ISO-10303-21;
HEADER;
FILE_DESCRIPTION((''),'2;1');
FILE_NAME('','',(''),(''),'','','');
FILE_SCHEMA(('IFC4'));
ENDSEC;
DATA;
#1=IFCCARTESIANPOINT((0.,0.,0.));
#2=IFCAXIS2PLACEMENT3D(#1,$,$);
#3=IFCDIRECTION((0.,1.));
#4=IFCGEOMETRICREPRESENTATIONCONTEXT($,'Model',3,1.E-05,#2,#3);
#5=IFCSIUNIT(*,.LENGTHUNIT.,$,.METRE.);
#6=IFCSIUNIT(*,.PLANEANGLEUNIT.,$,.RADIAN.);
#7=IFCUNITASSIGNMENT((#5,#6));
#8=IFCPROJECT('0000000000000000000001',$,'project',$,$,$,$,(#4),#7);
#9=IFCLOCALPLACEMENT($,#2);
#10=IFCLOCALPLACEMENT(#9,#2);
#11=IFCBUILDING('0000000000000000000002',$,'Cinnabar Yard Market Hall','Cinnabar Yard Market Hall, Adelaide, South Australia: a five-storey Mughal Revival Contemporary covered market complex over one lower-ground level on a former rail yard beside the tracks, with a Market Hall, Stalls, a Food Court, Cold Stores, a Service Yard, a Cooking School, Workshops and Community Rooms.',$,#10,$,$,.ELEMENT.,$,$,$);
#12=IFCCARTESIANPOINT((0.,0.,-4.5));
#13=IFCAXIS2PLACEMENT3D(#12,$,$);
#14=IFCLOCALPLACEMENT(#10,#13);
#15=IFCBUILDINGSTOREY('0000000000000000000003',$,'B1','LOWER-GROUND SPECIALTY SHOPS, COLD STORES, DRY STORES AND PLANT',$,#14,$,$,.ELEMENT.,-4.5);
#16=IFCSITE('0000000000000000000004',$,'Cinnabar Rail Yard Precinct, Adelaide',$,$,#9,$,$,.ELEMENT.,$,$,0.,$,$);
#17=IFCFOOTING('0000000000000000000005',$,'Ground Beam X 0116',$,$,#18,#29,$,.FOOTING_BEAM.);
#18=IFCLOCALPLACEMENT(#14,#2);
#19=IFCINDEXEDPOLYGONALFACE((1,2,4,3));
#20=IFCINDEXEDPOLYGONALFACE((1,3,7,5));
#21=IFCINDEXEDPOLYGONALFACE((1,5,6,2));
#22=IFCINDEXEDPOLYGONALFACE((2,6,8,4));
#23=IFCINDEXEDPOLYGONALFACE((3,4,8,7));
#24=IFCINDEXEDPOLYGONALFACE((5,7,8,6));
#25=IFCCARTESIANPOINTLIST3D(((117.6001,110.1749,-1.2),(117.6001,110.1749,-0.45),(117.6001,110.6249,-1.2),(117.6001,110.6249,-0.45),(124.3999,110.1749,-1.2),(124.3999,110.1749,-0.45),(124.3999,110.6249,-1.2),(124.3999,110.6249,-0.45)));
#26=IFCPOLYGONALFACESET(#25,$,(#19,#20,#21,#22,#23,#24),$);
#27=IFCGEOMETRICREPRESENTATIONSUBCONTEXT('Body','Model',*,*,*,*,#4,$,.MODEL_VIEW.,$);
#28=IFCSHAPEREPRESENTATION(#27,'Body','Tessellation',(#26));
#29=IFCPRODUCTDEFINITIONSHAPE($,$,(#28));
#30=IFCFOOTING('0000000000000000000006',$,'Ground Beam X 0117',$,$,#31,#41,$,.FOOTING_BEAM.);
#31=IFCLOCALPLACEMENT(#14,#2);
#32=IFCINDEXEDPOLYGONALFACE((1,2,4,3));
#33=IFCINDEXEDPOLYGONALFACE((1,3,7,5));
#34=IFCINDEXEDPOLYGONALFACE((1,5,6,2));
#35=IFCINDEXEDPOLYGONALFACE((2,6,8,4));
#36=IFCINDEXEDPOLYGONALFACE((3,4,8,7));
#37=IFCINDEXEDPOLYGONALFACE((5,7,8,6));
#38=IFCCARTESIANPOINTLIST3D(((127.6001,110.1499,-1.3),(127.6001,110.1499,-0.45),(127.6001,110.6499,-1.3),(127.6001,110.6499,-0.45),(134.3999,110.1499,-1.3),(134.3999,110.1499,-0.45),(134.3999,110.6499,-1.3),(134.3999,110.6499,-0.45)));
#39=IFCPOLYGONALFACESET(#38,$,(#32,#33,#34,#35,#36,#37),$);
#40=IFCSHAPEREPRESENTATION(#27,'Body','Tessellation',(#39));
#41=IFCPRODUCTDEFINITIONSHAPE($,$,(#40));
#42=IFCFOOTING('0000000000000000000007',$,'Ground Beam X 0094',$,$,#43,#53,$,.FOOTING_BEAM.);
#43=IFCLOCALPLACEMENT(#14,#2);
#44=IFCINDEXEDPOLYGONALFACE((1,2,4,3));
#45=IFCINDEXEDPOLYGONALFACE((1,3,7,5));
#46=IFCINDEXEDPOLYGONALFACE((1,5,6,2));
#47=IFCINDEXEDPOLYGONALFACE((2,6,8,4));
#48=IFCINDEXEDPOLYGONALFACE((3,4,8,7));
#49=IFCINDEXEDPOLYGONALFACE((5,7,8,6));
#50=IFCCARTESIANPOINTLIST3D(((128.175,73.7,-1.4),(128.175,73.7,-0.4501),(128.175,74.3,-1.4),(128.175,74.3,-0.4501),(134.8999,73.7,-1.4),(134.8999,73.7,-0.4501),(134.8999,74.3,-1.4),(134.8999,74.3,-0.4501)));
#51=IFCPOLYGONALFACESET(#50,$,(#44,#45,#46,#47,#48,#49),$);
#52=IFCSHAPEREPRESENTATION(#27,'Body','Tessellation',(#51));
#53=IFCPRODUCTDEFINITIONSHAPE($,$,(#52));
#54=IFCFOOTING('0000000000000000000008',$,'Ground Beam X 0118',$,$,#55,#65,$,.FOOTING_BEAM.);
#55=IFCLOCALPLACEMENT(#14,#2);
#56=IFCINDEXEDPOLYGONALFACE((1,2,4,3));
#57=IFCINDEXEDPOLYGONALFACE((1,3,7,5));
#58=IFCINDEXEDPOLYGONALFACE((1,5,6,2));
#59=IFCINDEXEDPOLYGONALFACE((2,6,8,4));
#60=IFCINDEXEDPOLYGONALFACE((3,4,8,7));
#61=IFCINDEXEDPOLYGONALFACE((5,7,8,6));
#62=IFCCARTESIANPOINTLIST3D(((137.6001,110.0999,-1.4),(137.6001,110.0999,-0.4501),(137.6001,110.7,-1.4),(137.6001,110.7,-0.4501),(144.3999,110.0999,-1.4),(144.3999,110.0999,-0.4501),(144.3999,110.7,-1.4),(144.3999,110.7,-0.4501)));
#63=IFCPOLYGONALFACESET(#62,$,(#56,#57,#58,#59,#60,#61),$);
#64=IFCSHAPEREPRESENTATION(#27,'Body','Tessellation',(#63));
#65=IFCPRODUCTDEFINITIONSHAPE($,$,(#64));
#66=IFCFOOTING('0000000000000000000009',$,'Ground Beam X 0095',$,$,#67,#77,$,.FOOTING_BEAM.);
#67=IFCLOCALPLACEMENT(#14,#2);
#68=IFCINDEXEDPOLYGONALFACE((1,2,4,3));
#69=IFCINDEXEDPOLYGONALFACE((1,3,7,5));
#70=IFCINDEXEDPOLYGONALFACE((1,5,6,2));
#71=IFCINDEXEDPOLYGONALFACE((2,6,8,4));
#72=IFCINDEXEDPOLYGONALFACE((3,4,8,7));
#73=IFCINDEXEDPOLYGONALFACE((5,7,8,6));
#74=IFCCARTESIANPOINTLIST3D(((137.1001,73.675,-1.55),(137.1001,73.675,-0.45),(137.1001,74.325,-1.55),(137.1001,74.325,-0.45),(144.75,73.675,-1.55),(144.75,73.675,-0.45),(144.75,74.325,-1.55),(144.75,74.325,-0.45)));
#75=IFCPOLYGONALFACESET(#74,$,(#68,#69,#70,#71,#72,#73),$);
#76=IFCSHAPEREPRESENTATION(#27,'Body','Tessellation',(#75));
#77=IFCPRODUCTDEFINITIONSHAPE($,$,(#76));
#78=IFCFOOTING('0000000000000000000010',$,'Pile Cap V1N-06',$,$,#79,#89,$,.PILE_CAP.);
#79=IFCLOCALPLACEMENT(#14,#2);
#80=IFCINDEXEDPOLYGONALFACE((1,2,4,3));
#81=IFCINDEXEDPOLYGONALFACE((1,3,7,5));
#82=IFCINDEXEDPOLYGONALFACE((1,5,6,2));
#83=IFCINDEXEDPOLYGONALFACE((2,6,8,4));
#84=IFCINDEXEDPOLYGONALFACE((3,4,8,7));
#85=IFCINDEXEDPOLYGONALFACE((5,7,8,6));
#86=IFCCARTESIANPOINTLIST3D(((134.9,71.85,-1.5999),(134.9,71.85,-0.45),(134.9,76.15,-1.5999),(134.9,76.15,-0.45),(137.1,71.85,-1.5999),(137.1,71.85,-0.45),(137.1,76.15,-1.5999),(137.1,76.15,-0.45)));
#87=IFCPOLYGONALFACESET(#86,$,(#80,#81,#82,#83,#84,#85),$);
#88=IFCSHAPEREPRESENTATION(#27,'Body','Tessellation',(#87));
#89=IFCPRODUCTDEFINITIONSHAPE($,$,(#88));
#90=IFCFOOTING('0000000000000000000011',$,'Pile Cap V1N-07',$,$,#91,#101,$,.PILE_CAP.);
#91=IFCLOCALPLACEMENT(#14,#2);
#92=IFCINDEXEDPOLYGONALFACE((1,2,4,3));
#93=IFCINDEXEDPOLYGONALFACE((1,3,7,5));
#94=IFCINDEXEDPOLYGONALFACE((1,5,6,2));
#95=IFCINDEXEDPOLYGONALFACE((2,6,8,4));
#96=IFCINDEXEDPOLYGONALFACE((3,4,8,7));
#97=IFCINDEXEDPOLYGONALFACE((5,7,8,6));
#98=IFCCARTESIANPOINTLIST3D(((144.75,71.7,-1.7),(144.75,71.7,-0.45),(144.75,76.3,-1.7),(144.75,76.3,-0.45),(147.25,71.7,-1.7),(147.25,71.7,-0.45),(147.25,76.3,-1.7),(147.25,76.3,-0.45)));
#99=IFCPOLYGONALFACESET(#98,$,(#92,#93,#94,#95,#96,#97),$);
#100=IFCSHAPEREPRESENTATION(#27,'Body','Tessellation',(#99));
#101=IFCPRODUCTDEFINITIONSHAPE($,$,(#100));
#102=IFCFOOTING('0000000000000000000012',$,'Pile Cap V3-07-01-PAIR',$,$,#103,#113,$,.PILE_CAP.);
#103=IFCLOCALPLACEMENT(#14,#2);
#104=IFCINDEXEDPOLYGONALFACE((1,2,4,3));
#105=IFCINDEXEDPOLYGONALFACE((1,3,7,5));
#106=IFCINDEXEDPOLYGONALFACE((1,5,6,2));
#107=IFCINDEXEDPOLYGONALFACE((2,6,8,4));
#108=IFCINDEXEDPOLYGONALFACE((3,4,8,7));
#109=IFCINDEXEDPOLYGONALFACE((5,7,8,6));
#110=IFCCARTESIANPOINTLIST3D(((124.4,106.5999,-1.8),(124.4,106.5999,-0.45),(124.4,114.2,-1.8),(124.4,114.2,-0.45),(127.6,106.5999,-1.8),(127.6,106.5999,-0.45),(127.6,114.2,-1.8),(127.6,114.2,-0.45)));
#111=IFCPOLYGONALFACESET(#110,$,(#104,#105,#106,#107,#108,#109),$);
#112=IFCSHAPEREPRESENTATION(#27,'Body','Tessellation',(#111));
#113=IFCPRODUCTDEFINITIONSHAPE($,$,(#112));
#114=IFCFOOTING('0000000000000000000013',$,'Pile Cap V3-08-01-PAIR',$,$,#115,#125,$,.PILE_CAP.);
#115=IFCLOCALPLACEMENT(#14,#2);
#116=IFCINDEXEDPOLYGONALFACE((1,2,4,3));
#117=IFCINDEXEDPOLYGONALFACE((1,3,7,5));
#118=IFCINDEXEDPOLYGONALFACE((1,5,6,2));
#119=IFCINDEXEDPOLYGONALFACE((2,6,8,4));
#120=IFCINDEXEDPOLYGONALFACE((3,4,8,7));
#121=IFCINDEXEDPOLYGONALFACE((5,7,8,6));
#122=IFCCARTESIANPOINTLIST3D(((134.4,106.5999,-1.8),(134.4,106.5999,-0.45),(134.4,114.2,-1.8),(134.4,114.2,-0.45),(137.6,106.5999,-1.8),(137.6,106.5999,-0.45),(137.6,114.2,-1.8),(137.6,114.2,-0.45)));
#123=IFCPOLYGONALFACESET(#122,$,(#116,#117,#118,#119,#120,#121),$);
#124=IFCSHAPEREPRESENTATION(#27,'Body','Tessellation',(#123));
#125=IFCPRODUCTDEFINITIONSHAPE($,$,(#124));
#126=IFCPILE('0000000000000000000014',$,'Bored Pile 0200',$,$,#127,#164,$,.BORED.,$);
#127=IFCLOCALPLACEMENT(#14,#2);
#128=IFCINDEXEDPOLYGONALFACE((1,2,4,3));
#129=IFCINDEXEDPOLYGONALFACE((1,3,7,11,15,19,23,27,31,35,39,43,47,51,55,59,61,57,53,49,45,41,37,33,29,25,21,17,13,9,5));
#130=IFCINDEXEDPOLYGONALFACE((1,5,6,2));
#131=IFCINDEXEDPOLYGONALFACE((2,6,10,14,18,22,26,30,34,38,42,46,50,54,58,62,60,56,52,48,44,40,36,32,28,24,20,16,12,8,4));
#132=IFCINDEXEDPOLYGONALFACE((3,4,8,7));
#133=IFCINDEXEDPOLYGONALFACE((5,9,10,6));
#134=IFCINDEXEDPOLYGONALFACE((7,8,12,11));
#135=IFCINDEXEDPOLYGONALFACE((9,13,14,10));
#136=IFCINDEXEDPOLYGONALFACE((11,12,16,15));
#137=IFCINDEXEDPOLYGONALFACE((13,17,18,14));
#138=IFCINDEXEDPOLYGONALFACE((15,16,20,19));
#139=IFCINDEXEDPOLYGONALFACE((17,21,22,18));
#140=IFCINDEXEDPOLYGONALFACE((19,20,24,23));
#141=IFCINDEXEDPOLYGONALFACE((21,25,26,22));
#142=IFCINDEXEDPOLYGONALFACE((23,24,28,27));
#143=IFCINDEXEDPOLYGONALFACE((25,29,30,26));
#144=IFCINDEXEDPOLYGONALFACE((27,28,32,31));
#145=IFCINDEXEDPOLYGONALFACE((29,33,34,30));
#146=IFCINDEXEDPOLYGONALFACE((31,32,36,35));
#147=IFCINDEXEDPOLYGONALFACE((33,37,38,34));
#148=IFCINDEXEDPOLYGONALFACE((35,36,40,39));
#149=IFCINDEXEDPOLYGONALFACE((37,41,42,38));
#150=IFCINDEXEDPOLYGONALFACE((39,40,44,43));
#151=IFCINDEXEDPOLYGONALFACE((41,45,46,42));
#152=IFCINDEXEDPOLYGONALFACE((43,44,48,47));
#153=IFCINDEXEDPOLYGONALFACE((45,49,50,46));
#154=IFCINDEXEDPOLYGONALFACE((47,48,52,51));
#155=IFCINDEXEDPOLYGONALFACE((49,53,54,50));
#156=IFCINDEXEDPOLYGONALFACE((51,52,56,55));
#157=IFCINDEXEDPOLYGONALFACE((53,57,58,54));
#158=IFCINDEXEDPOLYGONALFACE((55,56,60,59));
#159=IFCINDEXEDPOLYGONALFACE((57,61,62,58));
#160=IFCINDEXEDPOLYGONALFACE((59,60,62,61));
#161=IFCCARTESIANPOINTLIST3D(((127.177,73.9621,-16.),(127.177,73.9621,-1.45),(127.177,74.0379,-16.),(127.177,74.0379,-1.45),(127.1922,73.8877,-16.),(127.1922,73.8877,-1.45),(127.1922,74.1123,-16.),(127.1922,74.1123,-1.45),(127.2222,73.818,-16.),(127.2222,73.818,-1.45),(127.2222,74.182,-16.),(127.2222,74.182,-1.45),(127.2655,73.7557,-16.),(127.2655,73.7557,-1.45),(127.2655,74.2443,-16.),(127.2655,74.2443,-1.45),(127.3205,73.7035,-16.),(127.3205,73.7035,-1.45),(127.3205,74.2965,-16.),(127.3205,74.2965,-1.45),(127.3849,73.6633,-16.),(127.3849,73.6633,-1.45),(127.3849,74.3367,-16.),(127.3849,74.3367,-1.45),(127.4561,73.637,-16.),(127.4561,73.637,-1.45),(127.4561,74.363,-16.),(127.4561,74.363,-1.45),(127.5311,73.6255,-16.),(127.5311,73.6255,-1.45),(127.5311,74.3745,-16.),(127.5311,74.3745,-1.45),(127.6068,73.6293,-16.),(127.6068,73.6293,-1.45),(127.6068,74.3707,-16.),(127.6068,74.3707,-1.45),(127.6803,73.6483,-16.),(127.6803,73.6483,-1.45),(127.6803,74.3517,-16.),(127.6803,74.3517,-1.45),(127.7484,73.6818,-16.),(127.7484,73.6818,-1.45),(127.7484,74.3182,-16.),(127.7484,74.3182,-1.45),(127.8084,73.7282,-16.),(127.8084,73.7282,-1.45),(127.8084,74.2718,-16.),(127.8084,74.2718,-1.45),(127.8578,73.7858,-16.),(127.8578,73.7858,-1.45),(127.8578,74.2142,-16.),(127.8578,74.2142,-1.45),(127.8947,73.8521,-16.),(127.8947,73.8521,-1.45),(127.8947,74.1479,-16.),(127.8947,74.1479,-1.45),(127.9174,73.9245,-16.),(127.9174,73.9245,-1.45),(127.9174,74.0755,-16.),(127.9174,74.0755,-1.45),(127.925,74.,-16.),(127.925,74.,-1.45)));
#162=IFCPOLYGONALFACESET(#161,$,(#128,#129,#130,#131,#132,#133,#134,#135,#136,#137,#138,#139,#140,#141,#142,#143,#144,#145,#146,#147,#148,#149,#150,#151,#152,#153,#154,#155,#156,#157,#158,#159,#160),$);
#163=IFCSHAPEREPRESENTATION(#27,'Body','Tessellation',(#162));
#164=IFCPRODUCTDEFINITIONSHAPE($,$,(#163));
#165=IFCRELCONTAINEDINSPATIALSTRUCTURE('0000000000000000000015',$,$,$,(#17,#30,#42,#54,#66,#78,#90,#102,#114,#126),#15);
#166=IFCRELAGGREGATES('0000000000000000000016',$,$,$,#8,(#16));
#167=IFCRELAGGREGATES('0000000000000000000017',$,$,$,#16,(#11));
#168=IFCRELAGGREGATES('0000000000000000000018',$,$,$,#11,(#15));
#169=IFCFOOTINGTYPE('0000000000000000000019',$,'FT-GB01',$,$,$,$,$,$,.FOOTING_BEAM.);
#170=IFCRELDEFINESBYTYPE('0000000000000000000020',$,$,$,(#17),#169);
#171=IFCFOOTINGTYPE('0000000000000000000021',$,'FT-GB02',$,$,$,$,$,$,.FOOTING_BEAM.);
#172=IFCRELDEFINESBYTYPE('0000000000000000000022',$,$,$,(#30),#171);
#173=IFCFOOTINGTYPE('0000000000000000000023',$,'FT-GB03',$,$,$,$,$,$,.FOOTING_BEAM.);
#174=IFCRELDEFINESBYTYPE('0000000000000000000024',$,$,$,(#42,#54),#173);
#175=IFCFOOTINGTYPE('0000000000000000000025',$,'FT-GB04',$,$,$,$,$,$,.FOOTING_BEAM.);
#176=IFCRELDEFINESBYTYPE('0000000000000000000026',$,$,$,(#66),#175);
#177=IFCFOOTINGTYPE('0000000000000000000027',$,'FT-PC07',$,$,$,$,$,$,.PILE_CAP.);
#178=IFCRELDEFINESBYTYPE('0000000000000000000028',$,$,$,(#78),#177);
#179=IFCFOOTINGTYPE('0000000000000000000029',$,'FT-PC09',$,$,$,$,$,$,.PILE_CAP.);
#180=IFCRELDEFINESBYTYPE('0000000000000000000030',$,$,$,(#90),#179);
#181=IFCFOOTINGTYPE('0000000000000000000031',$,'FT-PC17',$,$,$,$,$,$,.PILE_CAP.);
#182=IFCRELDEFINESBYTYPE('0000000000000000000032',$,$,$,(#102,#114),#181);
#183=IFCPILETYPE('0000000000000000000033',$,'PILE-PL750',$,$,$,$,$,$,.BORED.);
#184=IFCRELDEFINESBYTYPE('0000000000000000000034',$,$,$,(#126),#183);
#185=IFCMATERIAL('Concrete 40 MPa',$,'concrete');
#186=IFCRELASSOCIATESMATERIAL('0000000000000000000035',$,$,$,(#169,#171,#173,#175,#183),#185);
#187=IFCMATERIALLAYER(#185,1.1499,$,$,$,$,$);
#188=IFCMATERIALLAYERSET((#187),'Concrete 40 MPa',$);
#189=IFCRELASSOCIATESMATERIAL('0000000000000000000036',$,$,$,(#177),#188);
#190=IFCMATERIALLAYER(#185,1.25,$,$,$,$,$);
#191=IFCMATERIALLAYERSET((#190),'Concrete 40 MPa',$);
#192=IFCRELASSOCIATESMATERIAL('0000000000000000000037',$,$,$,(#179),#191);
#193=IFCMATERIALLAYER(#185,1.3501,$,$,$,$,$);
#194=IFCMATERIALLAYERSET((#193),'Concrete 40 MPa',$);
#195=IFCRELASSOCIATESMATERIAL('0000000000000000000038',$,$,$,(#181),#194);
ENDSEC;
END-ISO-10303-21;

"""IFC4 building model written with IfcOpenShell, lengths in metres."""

from ifc_helpers import new_model, si_unit, direction, frame, origin, origin_2d_with_axis, place, context, subcontext, project, spatial, rectangle, circle, extrude, material, layer, layer_set, material_profile, profile_set, type_object, element, save


model = new_model("IFC4")

# Units and contexts
model_context = context("Model", 3, precision=1e-05, world=origin(), true_north=direction((0.0, 1.0)))
body_context = subcontext(model_context, "Body", "Model", "MODEL_VIEW")
ifc_project = project(units=[si_unit("LENGTHUNIT", "METRE"), si_unit("PLANEANGLEUNIT", "RADIAN")], contexts=[model_context])

# Site, building, storey
site_placement = place(None, origin())
site = spatial("IfcSite", under=ifc_project, at=site_placement, Name="Cinnabar Rail Yard Precinct, Adelaide", CompositionType="ELEMENT", RefElevation=0.0)
building_placement = place(site_placement, origin())
building = spatial("IfcBuilding", under=site, at=building_placement, Name="Cinnabar Yard Market Hall", Description="Cinnabar Yard Market Hall, Adelaide, South Australia: a five-storey Mughal Revival Contemporary covered market complex over one lower-ground level on a former rail yard beside the tracks, with a Market Hall, Stalls, a Food Court, Cold Stores, a Service Yard, a Cooking School, Workshops and Community Rooms.", CompositionType="ELEMENT")
storey_placement = place(building_placement, frame((0.0, 0.0, -4.5)))
storey = spatial("IfcBuildingStorey", under=building, at=storey_placement, Name="B1", Description="LOWER-GROUND SPECIALTY SHOPS, COLD STORES, DRY STORES AND PLANT", CompositionType="ELEMENT", Elevation=-4.5)

# Footings
ifc_material_1 = material(Name="Concrete 40 MPa", Category="concrete")
ifc_material_profile_1 = material_profile(ifc_material_1, rectangle(XDim=0.45, YDim=0.75, at=origin_2d_with_axis()), Name="GB-450x750")
ifc_profile_set_1 = profile_set([ifc_material_profile_1], Name="Concrete 40 MPa")
footing_type_1 = type_object("IfcFootingType", Name="FT-GB01", PredefinedType="FOOTING_BEAM", material=ifc_profile_set_1)
footing_1_placement = place(storey_placement, frame((117.6001, 110.3999, -0.825), z_axis=(1.0, 0.0, 0.0), x_axis=(0.0, 1.0, 0.0)))
element("IfcFooting", 1, at=footing_1_placement, inside=storey, type_object=footing_type_1, Name="Ground Beam X 0116", PredefinedType="FOOTING_BEAM", context=body_context, shape_type="SweptSolid", body=[
    extrude(rectangle(XDim=0.45, YDim=0.75, at=origin_2d_with_axis()), origin(), (0.0, 0.0, 1.0), 6.7998),
])
ifc_material_profile_2 = material_profile(ifc_material_1, rectangle(XDim=0.5, YDim=0.8501, at=origin_2d_with_axis()), Name="GB-500x850")
ifc_profile_set_2 = profile_set([ifc_material_profile_2], Name="Concrete 40 MPa")
footing_type_2 = type_object("IfcFootingType", Name="FT-GB02", PredefinedType="FOOTING_BEAM", material=ifc_profile_set_2)
footing_2_placement = place(storey_placement, frame((127.6001, 110.3999, -0.875), z_axis=(1.0, 0.0, 0.0), x_axis=(0.0, 1.0, 0.0)))
element("IfcFooting", 2, at=footing_2_placement, inside=storey, type_object=footing_type_2, Name="Ground Beam X 0117", PredefinedType="FOOTING_BEAM", context=body_context, shape_type="SweptSolid", body=[
    extrude(rectangle(XDim=0.5, YDim=0.8501, at=origin_2d_with_axis()), origin(), (0.0, 0.0, 1.0), 6.7998),
])
ifc_material_profile_3 = material_profile(ifc_material_1, rectangle(XDim=0.6001, YDim=0.95, at=origin_2d_with_axis()), Name="GB-600x950")
ifc_profile_set_3 = profile_set([ifc_material_profile_3], Name="Concrete 40 MPa")
footing_type_3 = type_object("IfcFootingType", Name="FT-GB03", PredefinedType="FOOTING_BEAM", material=ifc_profile_set_3)
footing_3_placement = place(storey_placement, frame((128.175, 74.0, -0.925), z_axis=(1.0, 0.0, 0.0), x_axis=(0.0, 1.0, 0.0)))
element("IfcFooting", 3, at=footing_3_placement, inside=storey, type_object=footing_type_3, Name="Ground Beam X 0094", PredefinedType="FOOTING_BEAM", context=body_context, shape_type="SweptSolid", body=[
    extrude(rectangle(XDim=0.6001, YDim=0.95, at=origin_2d_with_axis()), origin(), (0.0, 0.0, 1.0), 6.7249),
])
footing_4_placement = place(storey_placement, frame((137.6001, 110.3999, -0.925), z_axis=(1.0, 0.0, 0.0), x_axis=(0.0, 1.0, 0.0)))
element("IfcFooting", 4, at=footing_4_placement, inside=storey, type_object=footing_type_3, Name="Ground Beam X 0118", PredefinedType="FOOTING_BEAM", context=body_context, shape_type="SweptSolid", body=[
    extrude(rectangle(XDim=0.6001, YDim=0.95, at=origin_2d_with_axis()), origin(), (0.0, 0.0, 1.0), 6.7998),
])
ifc_material_profile_4 = material_profile(ifc_material_1, rectangle(XDim=0.6499, YDim=1.1001, at=origin_2d_with_axis()), Name="GB-650x1100")
ifc_profile_set_4 = profile_set([ifc_material_profile_4], Name="Concrete 40 MPa")
footing_type_4 = type_object("IfcFootingType", Name="FT-GB04", PredefinedType="FOOTING_BEAM", material=ifc_profile_set_4)
footing_5_placement = place(storey_placement, frame((137.1001, 74.0, -1.0), z_axis=(1.0, 0.0, 0.0), x_axis=(0.0, 1.0, 0.0)))
element("IfcFooting", 5, at=footing_5_placement, inside=storey, type_object=footing_type_4, Name="Ground Beam X 0095", PredefinedType="FOOTING_BEAM", context=body_context, shape_type="SweptSolid", body=[
    extrude(rectangle(XDim=0.6499, YDim=1.1001, at=origin_2d_with_axis()), origin(), (0.0, 0.0, 1.0), 7.6499),
])
ifc_layer_1 = layer(ifc_material_1, 1.1499)
ifc_layer_set_1 = layer_set([ifc_layer_1], Name="Concrete 40 MPa")
footing_type_5 = type_object("IfcFootingType", Name="FT-PC07", PredefinedType="PILE_CAP", material=ifc_layer_set_1)
footing_6_placement = place(storey_placement, frame((136.0, 74.0, -1.5999), z_axis=(0.0, 0.0, 1.0), x_axis=(1.0, 0.0, 0.0)))
element("IfcFooting", 6, at=footing_6_placement, inside=storey, type_object=footing_type_5, Name="Pile Cap V1N-06", PredefinedType="PILE_CAP", context=body_context, shape_type="SweptSolid", body=[
    extrude(rectangle(XDim=2.2, YDim=4.3, at=origin_2d_with_axis()), origin(), (0.0, 0.0, 1.0), 1.1499),
])
ifc_layer_2 = layer(ifc_material_1, 1.25)
ifc_layer_set_2 = layer_set([ifc_layer_2], Name="Concrete 40 MPa")
footing_type_6 = type_object("IfcFootingType", Name="FT-PC09", PredefinedType="PILE_CAP", material=ifc_layer_set_2)
footing_7_placement = place(storey_placement, frame((146.0, 74.0, -1.7), z_axis=(0.0, 0.0, 1.0), x_axis=(1.0, 0.0, 0.0)))
element("IfcFooting", 7, at=footing_7_placement, inside=storey, type_object=footing_type_6, Name="Pile Cap V1N-07", PredefinedType="PILE_CAP", context=body_context, shape_type="SweptSolid", body=[
    extrude(rectangle(XDim=2.5, YDim=4.6001, at=origin_2d_with_axis()), origin(), (0.0, 0.0, 1.0), 1.25),
])
ifc_layer_3 = layer(ifc_material_1, 1.3501)
ifc_layer_set_3 = layer_set([ifc_layer_3], Name="Concrete 40 MPa")
footing_type_7 = type_object("IfcFootingType", Name="FT-PC17", PredefinedType="PILE_CAP", material=ifc_layer_set_3)
for number, where, z_axis, x_axis, name in (
    (8, (126.0, 110.3999, -1.8), (0.0, 0.0, 1.0), (1.0, 0.0, 0.0), "Pile Cap V3-07-01-PAIR"),
    (9, (136.0, 110.3999, -1.8), (0.0, 0.0, 1.0), (1.0, 0.0, 0.0), "Pile Cap V3-08-01-PAIR"),
):
    element("IfcFooting", number, at=place(storey_placement, frame(where, z_axis=z_axis, x_axis=x_axis)), inside=storey, type_object=footing_type_7, Name=name, PredefinedType="PILE_CAP", context=body_context, shape_type="SweptSolid", body=[
        extrude(rectangle(XDim=3.2, YDim=7.6001, at=origin_2d_with_axis()), origin(), (0.0, 0.0, 1.0), 1.3501),
    ])

# Pile
ifc_material_profile_5 = material_profile(ifc_material_1, circle(Radius=0.375, at=origin_2d_with_axis()), Name="PILE-D750")
ifc_profile_set_5 = profile_set([ifc_material_profile_5], Name="Concrete 40 MPa")
pile_type = type_object("IfcPileType", Name="PILE-PL750", PredefinedType="BORED", material=ifc_profile_set_5)
pile_1_placement = place(storey_placement, frame((127.55, 74.0, -1.45), z_axis=(0.0, 0.0, -1.0), x_axis=(1.0, 0.0, 0.0)))
element("IfcPile", 10, at=pile_1_placement, inside=storey, type_object=pile_type, Name="Bored Pile 0200", PredefinedType="BORED", context=body_context, shape_type="SweptSolid", body=[
    extrude(circle(Radius=0.375, at=origin_2d_with_axis()), origin(), (0.0, 0.0, 1.0), 14.55),
])

save(model, "model.ifc")
